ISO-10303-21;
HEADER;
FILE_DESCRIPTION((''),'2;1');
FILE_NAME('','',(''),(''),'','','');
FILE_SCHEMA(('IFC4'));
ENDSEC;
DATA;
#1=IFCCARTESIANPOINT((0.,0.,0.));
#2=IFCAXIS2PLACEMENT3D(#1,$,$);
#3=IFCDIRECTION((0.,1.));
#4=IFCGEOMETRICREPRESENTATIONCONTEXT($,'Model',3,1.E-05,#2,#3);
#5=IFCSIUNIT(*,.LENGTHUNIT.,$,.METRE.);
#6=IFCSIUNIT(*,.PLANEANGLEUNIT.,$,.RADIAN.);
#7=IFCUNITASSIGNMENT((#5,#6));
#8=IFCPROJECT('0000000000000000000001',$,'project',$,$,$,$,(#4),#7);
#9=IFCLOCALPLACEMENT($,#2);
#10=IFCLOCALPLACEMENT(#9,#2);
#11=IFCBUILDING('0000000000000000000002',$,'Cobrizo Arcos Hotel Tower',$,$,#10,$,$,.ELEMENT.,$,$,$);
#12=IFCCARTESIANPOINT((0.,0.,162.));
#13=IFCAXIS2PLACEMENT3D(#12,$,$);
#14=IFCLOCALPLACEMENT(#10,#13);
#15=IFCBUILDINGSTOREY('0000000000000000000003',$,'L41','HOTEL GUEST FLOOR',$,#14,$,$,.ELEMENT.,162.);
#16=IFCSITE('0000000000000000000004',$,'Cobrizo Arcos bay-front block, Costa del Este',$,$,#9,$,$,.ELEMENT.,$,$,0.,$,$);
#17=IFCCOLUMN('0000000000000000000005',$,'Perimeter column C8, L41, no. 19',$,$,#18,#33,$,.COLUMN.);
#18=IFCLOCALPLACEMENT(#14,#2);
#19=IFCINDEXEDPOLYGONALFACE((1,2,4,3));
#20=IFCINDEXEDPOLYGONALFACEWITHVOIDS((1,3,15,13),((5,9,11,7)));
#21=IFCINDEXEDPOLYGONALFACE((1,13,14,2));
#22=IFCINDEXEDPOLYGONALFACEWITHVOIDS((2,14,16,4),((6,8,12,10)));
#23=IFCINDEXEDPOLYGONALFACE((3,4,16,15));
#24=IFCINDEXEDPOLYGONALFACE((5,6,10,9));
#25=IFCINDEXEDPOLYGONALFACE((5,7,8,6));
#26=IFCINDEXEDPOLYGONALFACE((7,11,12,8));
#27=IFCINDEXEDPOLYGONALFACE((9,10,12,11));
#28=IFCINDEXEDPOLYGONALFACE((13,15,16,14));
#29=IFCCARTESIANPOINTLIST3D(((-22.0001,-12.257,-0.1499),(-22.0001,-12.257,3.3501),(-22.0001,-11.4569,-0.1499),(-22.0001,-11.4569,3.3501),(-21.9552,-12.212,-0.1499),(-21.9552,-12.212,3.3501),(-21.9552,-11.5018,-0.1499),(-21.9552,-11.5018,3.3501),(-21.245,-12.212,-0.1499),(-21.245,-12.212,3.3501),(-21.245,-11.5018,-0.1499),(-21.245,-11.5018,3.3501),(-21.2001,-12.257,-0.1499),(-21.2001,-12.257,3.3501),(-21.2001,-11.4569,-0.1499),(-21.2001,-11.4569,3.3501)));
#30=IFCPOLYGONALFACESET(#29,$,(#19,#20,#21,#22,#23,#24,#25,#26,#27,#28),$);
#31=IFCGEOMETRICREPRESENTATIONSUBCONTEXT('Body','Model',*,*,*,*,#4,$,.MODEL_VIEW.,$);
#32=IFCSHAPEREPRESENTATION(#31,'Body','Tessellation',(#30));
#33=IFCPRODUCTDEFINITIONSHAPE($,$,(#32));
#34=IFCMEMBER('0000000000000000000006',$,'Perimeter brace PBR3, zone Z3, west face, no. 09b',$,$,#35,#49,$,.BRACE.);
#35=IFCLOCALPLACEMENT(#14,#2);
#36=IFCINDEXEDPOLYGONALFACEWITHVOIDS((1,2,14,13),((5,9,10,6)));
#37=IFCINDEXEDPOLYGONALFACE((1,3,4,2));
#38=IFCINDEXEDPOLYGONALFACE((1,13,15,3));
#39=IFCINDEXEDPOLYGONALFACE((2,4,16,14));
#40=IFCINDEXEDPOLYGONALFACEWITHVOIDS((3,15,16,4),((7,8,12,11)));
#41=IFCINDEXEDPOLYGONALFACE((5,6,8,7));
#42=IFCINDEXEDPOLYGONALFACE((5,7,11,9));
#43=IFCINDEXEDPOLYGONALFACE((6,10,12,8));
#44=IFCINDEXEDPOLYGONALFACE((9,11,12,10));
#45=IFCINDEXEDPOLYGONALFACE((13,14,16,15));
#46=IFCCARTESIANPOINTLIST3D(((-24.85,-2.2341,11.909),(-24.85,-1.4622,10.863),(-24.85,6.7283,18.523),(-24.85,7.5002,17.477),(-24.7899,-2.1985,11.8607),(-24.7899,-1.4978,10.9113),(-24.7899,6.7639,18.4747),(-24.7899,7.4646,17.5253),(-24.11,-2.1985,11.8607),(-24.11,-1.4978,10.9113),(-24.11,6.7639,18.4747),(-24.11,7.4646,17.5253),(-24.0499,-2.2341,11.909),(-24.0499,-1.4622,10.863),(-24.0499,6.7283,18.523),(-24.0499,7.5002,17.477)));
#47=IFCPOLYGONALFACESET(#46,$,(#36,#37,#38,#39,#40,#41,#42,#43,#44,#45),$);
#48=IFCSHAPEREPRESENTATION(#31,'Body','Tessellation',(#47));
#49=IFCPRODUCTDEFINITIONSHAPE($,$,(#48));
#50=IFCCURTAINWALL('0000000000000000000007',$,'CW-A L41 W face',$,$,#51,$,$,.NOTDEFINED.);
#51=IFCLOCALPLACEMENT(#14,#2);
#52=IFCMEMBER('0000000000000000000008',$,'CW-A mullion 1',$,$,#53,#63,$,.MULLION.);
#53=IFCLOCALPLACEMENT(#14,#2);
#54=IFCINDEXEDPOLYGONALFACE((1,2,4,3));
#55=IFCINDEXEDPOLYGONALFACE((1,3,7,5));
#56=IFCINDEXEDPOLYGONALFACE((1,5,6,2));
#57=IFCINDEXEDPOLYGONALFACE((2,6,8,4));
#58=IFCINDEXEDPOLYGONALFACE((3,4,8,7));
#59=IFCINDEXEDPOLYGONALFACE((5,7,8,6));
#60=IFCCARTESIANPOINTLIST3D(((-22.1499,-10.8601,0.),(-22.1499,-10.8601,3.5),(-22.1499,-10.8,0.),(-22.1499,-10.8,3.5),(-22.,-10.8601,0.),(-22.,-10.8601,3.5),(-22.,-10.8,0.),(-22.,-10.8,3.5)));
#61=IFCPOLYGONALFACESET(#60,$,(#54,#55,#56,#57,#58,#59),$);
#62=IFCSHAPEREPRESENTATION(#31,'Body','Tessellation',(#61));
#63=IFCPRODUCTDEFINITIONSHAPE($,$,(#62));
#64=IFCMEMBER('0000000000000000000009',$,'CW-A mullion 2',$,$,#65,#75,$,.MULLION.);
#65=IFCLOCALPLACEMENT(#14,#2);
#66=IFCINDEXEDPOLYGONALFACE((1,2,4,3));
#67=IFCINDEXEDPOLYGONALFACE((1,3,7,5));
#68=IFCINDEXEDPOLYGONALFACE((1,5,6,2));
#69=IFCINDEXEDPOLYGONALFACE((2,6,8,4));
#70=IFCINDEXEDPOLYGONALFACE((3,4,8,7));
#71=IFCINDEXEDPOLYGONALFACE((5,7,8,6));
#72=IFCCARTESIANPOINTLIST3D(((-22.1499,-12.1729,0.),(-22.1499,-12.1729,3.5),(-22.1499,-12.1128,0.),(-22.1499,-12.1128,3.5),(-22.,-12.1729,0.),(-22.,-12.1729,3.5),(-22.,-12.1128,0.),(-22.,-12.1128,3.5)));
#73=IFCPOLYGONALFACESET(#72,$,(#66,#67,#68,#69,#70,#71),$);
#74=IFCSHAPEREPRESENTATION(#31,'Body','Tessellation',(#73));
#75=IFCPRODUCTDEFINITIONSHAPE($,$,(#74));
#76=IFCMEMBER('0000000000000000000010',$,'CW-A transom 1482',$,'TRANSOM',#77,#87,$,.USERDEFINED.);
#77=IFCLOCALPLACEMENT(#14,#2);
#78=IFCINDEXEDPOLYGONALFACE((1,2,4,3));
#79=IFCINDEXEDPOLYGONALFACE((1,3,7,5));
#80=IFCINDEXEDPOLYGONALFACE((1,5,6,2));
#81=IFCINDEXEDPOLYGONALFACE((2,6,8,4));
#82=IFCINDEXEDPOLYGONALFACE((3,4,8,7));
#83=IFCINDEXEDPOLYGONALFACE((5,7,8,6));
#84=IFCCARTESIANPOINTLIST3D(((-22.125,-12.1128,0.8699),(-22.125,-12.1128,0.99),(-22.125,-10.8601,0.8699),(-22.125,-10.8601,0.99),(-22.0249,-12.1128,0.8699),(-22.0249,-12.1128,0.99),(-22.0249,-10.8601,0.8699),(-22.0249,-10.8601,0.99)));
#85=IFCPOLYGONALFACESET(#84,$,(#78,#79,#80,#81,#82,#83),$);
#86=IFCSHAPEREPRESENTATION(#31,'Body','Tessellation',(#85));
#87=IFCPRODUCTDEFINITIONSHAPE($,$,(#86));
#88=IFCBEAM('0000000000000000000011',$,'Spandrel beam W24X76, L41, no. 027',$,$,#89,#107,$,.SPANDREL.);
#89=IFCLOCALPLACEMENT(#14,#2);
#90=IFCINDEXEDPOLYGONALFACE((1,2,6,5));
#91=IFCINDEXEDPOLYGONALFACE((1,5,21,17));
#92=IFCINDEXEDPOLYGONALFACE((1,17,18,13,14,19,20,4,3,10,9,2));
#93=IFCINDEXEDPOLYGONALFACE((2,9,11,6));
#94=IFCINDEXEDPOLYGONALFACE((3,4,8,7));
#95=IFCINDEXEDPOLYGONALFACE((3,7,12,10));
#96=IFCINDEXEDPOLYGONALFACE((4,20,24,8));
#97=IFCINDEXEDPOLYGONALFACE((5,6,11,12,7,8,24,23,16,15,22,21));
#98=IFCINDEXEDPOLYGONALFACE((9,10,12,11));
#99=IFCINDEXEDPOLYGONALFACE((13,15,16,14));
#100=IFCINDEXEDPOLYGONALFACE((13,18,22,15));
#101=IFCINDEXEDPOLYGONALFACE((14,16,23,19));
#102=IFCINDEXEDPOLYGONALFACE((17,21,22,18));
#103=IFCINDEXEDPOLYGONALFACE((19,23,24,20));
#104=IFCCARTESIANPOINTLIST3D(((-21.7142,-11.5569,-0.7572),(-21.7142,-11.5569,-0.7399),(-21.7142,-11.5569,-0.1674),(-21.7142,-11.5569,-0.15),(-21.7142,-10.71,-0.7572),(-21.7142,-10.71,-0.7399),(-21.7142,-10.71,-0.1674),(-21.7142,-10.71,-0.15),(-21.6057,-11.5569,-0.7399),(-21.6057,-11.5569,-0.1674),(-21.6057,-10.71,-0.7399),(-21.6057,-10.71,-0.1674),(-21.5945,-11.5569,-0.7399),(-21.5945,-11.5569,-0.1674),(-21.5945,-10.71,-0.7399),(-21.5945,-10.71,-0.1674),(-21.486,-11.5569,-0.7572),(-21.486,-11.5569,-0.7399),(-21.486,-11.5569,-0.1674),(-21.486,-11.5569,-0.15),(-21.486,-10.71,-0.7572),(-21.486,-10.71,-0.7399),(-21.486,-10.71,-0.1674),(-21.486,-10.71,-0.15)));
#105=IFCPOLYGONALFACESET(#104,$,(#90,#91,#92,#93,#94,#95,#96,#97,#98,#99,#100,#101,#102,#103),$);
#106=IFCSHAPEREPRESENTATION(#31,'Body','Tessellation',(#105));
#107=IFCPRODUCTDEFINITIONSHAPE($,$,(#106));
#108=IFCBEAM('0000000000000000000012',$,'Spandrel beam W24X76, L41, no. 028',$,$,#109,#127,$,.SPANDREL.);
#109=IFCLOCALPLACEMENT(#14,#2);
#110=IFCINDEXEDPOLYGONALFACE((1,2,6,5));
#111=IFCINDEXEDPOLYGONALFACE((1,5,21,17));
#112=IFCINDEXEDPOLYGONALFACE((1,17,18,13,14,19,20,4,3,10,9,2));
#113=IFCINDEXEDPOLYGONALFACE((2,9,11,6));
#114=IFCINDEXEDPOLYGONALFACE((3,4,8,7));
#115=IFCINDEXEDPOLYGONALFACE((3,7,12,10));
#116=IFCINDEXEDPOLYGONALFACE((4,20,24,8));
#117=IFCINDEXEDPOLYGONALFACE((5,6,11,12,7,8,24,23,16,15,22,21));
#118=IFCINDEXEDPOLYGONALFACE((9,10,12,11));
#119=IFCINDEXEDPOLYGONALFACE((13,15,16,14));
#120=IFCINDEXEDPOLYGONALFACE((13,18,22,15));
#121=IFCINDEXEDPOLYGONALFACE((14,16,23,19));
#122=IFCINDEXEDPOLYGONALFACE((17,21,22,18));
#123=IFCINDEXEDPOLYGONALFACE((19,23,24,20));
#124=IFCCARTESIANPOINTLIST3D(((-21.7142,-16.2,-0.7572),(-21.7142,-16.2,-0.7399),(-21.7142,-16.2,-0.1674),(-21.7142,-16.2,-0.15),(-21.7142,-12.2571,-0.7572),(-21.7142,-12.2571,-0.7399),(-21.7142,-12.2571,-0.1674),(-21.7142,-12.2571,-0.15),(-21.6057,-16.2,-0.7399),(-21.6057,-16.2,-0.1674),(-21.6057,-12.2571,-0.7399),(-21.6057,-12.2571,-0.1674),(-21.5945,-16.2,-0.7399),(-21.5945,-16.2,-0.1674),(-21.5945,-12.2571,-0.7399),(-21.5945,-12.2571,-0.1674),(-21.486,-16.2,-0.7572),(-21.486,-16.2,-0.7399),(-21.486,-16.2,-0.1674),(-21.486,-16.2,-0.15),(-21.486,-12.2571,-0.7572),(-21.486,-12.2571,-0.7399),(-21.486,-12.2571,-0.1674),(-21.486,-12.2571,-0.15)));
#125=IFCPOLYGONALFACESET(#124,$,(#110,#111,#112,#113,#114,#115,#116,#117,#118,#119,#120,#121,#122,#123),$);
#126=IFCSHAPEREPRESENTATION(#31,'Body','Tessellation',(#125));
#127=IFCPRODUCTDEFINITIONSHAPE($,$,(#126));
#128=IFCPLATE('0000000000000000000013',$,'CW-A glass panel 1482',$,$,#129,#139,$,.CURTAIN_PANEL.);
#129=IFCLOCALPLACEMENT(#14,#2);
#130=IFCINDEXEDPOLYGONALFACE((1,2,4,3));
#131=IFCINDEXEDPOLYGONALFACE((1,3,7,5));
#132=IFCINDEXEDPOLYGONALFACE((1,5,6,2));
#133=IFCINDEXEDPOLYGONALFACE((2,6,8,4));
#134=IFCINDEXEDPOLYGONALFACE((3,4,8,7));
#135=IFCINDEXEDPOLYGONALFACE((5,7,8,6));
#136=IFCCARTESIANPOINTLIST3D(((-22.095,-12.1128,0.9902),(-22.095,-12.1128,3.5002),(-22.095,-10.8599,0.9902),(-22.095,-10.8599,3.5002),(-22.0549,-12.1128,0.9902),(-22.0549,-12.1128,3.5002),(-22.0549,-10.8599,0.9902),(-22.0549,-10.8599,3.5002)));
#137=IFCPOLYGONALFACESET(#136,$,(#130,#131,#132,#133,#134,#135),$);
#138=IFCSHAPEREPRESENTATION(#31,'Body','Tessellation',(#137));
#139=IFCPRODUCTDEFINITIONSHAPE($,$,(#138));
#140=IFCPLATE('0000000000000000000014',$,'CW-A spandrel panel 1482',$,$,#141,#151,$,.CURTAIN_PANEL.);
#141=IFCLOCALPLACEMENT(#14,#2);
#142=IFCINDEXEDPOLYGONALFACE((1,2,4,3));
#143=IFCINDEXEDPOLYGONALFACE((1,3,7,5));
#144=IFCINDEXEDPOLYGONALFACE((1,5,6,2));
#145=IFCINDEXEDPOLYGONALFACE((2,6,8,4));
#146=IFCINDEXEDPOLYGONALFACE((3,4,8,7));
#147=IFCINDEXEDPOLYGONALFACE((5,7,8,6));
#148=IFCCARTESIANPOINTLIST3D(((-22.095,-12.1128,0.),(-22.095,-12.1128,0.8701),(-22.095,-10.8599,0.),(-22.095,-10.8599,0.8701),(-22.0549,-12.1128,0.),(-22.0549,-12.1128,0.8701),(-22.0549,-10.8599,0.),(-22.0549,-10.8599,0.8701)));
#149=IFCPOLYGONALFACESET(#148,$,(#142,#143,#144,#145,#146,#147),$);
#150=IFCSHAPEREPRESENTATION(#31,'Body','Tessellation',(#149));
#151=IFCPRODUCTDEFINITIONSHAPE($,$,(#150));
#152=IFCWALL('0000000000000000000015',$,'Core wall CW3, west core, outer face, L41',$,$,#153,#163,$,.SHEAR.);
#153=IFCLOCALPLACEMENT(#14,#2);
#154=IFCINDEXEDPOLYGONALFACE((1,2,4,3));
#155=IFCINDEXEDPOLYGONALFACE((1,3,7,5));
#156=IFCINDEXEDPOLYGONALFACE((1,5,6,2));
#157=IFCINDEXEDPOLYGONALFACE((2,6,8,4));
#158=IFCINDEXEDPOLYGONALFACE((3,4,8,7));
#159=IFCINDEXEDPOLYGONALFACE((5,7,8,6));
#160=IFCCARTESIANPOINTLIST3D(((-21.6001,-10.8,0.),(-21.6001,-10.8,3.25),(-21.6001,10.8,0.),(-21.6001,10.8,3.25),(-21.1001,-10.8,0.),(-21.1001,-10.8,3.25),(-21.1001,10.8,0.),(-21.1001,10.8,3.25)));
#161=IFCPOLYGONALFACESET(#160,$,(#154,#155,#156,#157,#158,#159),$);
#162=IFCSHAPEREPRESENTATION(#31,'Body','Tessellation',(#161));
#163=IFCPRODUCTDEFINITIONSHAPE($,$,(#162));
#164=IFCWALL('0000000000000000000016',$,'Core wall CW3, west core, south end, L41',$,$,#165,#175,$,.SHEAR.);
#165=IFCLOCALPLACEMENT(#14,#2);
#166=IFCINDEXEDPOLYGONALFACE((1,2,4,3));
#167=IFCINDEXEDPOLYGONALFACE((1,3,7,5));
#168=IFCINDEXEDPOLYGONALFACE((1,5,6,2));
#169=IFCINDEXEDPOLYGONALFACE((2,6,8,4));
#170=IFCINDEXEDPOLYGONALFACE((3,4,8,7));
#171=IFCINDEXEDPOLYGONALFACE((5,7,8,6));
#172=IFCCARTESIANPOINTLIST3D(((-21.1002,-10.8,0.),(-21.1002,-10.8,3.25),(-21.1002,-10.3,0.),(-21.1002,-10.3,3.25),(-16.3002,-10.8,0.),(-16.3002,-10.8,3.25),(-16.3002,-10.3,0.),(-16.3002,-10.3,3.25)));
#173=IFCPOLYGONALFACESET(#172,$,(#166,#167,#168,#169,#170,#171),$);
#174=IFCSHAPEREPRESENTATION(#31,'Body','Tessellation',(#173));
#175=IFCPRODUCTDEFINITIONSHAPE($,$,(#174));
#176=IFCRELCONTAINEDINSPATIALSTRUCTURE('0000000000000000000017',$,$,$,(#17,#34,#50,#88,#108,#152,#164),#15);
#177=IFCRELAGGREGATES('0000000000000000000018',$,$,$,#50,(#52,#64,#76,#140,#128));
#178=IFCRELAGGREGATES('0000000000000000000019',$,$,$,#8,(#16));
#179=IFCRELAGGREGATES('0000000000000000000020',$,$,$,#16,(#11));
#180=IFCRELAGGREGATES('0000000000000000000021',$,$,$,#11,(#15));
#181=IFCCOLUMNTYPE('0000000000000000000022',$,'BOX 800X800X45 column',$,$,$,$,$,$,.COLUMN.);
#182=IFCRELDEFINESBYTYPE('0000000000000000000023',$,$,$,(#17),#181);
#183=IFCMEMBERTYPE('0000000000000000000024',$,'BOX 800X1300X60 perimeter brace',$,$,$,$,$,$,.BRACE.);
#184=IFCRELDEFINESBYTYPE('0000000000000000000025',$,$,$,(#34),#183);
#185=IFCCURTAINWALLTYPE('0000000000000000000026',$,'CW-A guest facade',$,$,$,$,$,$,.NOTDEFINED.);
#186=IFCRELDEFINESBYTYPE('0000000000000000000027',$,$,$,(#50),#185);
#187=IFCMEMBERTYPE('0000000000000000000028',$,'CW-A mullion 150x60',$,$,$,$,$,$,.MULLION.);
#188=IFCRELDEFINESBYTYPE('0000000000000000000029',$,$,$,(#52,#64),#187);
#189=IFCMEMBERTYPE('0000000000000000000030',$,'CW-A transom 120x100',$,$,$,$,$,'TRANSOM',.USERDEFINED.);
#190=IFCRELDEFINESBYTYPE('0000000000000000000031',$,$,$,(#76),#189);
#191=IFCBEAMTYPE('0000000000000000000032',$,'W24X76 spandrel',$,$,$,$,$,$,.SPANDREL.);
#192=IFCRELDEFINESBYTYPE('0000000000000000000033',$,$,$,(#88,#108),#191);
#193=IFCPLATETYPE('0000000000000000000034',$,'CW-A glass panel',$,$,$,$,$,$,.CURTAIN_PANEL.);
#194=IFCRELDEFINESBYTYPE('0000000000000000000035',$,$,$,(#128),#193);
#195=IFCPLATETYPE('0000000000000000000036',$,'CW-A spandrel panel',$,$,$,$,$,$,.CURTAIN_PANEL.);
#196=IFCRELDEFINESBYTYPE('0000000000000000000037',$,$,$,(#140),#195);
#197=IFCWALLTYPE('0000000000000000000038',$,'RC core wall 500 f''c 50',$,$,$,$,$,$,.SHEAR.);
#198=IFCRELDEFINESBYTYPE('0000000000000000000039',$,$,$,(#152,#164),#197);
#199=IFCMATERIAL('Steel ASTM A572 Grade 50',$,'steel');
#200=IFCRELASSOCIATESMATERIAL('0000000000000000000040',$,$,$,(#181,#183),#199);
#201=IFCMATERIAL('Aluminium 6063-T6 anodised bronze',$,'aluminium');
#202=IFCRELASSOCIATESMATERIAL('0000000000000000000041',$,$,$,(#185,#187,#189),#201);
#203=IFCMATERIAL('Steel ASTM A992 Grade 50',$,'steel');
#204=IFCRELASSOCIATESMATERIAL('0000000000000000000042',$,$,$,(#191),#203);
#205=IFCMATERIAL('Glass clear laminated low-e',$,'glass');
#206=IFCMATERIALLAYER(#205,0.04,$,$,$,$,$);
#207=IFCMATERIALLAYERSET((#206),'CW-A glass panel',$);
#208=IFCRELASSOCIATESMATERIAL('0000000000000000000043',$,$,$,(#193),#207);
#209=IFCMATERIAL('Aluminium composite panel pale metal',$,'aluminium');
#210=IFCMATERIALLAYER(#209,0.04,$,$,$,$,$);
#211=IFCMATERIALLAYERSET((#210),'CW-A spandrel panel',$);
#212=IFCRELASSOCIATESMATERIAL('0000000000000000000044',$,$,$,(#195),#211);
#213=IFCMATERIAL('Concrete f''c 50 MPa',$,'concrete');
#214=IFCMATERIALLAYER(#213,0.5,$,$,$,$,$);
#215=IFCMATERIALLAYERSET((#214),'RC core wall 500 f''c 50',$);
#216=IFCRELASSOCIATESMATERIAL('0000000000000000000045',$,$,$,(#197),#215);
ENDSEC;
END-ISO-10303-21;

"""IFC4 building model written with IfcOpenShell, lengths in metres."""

from ifc_helpers import new_model, si_unit, direction, frame, frame_2d, origin, origin_2d, place, context, subcontext, project, spatial, rectangle, hollow_rectangle, i_section, extrude, material, layer, layer_set, material_profile, profile_set, type_object, element, aggregate, save


model = new_model("IFC4")

# Units and contexts
model_context = context("Model", 3, precision=1e-05, world=origin(), true_north=direction((0.0, 1.0)))
body_context = subcontext(model_context, "Body", "Model", "MODEL_VIEW")
ifc_project = project(units=[si_unit("LENGTHUNIT", "METRE"), si_unit("PLANEANGLEUNIT", "RADIAN")], contexts=[model_context])

# Site, building, storey
site_placement = place(None, origin())
site = spatial("IfcSite", under=ifc_project, at=site_placement, Name="Cobrizo Arcos bay-front block, Costa del Este", CompositionType="ELEMENT", RefElevation=0.0)
building_placement = place(site_placement, origin())
building = spatial("IfcBuilding", under=site, at=building_placement, Name="Cobrizo Arcos Hotel Tower", CompositionType="ELEMENT")
storey_placement = place(building_placement, frame((0.0, 0.0, 162.0)))
storey = spatial("IfcBuildingStorey", under=building, at=storey_placement, Name="L41", Description="HOTEL GUEST FLOOR", CompositionType="ELEMENT", Elevation=162.0)

# Column
ifc_material_1 = material(Name="Steel ASTM A572 Grade 50", Category="steel")
ifc_material_profile_1 = material_profile(ifc_material_1, hollow_rectangle(XDim=0.8, YDim=0.8, WallThickness=0.0449, at=origin_2d()), Name="BOX 800X800X45")
ifc_profile_set_1 = profile_set([ifc_material_profile_1], Name="Steel ASTM A572 Grade 50")
column_type = type_object("IfcColumnType", Name="BOX 800X800X45 column", PredefinedType="COLUMN", material=ifc_profile_set_1)
column_placement = place(storey_placement, frame((-21.6001, -11.8569, -0.1499), z_axis=(0.0, 0.0, 1.0), x_axis=(1.0, 0.0, 0.0)))
element("IfcColumn", 1, at=column_placement, inside=storey, type_object=column_type, Name="Perimeter column C8, L41, no. 19", PredefinedType="COLUMN", context=body_context, shape_type="SweptSolid", body=[
    extrude(hollow_rectangle(XDim=0.8, YDim=0.8, WallThickness=0.0449, at=origin_2d()), origin(), (0.0, 0.0, 1.0), 3.5),
])

# Member
ifc_material_profile_2 = material_profile(ifc_material_1, hollow_rectangle(XDim=0.8, YDim=1.3, WallThickness=0.0601, at=origin_2d()), Name="BOX 800X1300X60")
ifc_profile_set_2 = profile_set([ifc_material_profile_2], Name="Steel ASTM A572 Grade 50")
member_type_1 = type_object("IfcMemberType", Name="BOX 800X1300X60 perimeter brace", PredefinedType="BRACE", material=ifc_profile_set_2)
member_1_placement = place(storey_placement, frame((-24.45, -1.8481, 11.386), z_axis=(0.0, 0.804621, 0.593789), x_axis=(-1.0, 0.0, 0.0)))
element("IfcMember", 2, at=member_1_placement, inside=storey, type_object=member_type_1, Name="Perimeter brace PBR3, zone Z3, west face, no. 09b", PredefinedType="BRACE", context=body_context, shape_type="SweptSolid", body=[
    extrude(hollow_rectangle(XDim=0.8, YDim=1.3, WallThickness=0.0601, at=origin_2d()), origin(), (0.0, 0.0, 1.0), 11.1387),
])

# Curtain wall, members
ifc_material_2 = material(Name="Aluminium 6063-T6 anodised bronze", Category="aluminium")
curtain_wall_type = type_object("IfcCurtainWallType", Name="CW-A guest facade", PredefinedType="NOTDEFINED", material=ifc_material_2)
curtain_wall_placement = place(storey_placement, origin())
curtain_wall = element("IfcCurtainWall", 3, at=curtain_wall_placement, inside=storey, type_object=curtain_wall_type, Name="CW-A L41 W face", PredefinedType="NOTDEFINED")
ifc_material_profile_3 = material_profile(ifc_material_2, rectangle(XDim=0.1499, YDim=0.0601, at=origin_2d()), Name="CW-A mullion 150x60")
ifc_profile_set_3 = profile_set([ifc_material_profile_3], Name="Aluminium 6063-T6 anodised bronze")
member_type_2 = type_object("IfcMemberType", Name="CW-A mullion 150x60", PredefinedType="MULLION", material=ifc_profile_set_3)
member_2_placement = place(storey_placement, frame((-22.075, -10.8301, 0.0), z_axis=(0.0, 0.0, 1.0), x_axis=(-1.0, 0.0, 0.0)))
member_2 = element("IfcMember", 4, at=member_2_placement, type_object=member_type_2, Name="CW-A mullion 1", PredefinedType="MULLION", context=body_context, shape_type="SweptSolid", body=[
    extrude(rectangle(XDim=0.1499, YDim=0.0601, at=origin_2d()), origin(), (0.0, 0.0, 1.0), 3.5),
])
member_3_placement = place(storey_placement, frame((-22.075, -12.1428, 0.0), z_axis=(0.0, 0.0, 1.0), x_axis=(-1.0, 0.0, 0.0)))
member_3 = element("IfcMember", 5, at=member_3_placement, type_object=member_type_2, Name="CW-A mullion 2", PredefinedType="MULLION", context=body_context, shape_type="SweptSolid", body=[
    extrude(rectangle(XDim=0.1499, YDim=0.0601, at=origin_2d()), origin(), (0.0, 0.0, 1.0), 3.5),
])
ifc_material_profile_4 = material_profile(ifc_material_2, rectangle(XDim=0.1001, YDim=0.1201, at=origin_2d()), Name="CW-A transom 120x100")
ifc_profile_set_4 = profile_set([ifc_material_profile_4], Name="Aluminium 6063-T6 anodised bronze")
member_type_3 = type_object("IfcMemberType", Name="CW-A transom 120x100", ElementType="TRANSOM", PredefinedType="USERDEFINED", material=ifc_profile_set_4)
member_4_placement = place(storey_placement, frame((-22.075, -10.8601, 0.9299), z_axis=(0.0, -1.0, 0.0), x_axis=(1.0, 0.0, 0.0)))
member_4 = element("IfcMember", 6, at=member_4_placement, type_object=member_type_3, Name="CW-A transom 1482", ObjectType="TRANSOM", PredefinedType="USERDEFINED", context=body_context, shape_type="SweptSolid", body=[
    extrude(rectangle(XDim=0.1001, YDim=0.1201, at=origin_2d()), origin(), (0.0, 0.0, 1.0), 1.2527),
])

# Beams
ifc_material_3 = material(Name="Steel ASTM A992 Grade 50", Category="steel")
ifc_material_profile_5 = material_profile(ifc_material_3, i_section(OverallWidth=0.2283, OverallDepth=0.6072, WebThickness=0.0112, FlangeThickness=0.0173, at=origin_2d()), Name="W24X76")
ifc_profile_set_5 = profile_set([ifc_material_profile_5], Name="Steel ASTM A992 Grade 50")
beam_type = type_object("IfcBeamType", Name="W24X76 spandrel", PredefinedType="SPANDREL", material=ifc_profile_set_5)
beam_1_placement = place(storey_placement, frame((-21.6001, -10.71, -0.4536), z_axis=(0.0, -1.0, 0.0), x_axis=(1.0, 0.0, 0.0)))
element("IfcBeam", 7, at=beam_1_placement, inside=storey, type_object=beam_type, Name="Spandrel beam W24X76, L41, no. 027", PredefinedType="SPANDREL", context=body_context, shape_type="SweptSolid", body=[
    extrude(i_section(OverallWidth=0.2283, OverallDepth=0.6072, WebThickness=0.0112, FlangeThickness=0.0173, at=origin_2d()), origin(), (0.0, 0.0, 1.0), 0.8469),
])
beam_2_placement = place(storey_placement, frame((-21.6001, -12.2571, -0.4536), z_axis=(0.0, -1.0, 0.0), x_axis=(1.0, 0.0, 0.0)))
element("IfcBeam", 8, at=beam_2_placement, inside=storey, type_object=beam_type, Name="Spandrel beam W24X76, L41, no. 028", PredefinedType="SPANDREL", context=body_context, shape_type="SweptSolid", body=[
    extrude(i_section(OverallWidth=0.2283, OverallDepth=0.6072, WebThickness=0.0112, FlangeThickness=0.0173, at=origin_2d()), origin(), (0.0, 0.0, 1.0), 3.9429),
])

# Plates
ifc_material_4 = material(Name="Glass clear laminated low-e", Category="glass")
ifc_layer_1 = layer(ifc_material_4, 0.04)
ifc_layer_set_1 = layer_set([ifc_layer_1], Name="CW-A glass panel")
plate_type_1 = type_object("IfcPlateType", Name="CW-A glass panel", PredefinedType="CURTAIN_PANEL", material=ifc_layer_set_1)
plate_1_placement = place(storey_placement, frame((-22.075, -11.4863, 0.9902), z_axis=(0.0, 0.0, 1.0), x_axis=(0.0, -1.0, 0.0)))
plate_1 = element("IfcPlate", 9, at=plate_1_placement, type_object=plate_type_1, Name="CW-A glass panel 1482", PredefinedType="CURTAIN_PANEL", context=body_context, shape_type="SweptSolid", body=[
    extrude(rectangle(XDim=1.2529, YDim=0.04, at=origin_2d()), origin(), (0.0, 0.0, 1.0), 2.51),
])
ifc_material_5 = material(Name="Aluminium composite panel pale metal", Category="aluminium")
ifc_layer_2 = layer(ifc_material_5, 0.04)
ifc_layer_set_2 = layer_set([ifc_layer_2], Name="CW-A spandrel panel")
plate_type_2 = type_object("IfcPlateType", Name="CW-A spandrel panel", PredefinedType="CURTAIN_PANEL", material=ifc_layer_set_2)
plate_2_placement = place(storey_placement, frame((-22.075, -11.4863, 0.0), z_axis=(0.0, 0.0, 1.0), x_axis=(0.0, -1.0, 0.0)))
plate_2 = element("IfcPlate", 10, at=plate_2_placement, type_object=plate_type_2, Name="CW-A spandrel panel 1482", PredefinedType="CURTAIN_PANEL", context=body_context, shape_type="SweptSolid", body=[
    extrude(rectangle(XDim=1.2529, YDim=0.04, at=origin_2d()), origin(), (0.0, 0.0, 1.0), 0.8701),
])
aggregate(curtain_wall, [member_2, member_3, member_4, plate_2, plate_1])

# Walls
ifc_material_6 = material(Name="Concrete f'c 50 MPa", Category="concrete")
ifc_layer_3 = layer(ifc_material_6, 0.5)
ifc_layer_set_3 = layer_set([ifc_layer_3], Name="RC core wall 500 f'c 50")
wall_type_1 = type_object("IfcWallType", Name="RC core wall 500 f'c 50", PredefinedType="SHEAR", material=ifc_layer_set_3)
wall_1_placement = place(storey_placement, frame((-21.3501, -10.8, 0.0), z_axis=(0.0, 0.0, 1.0), x_axis=(0.0, 1.0, 0.0)))
element("IfcWall", 11, at=wall_1_placement, inside=storey, type_object=wall_type_1, Name="Core wall CW3, west core, outer face, L41", PredefinedType="SHEAR", context=body_context, shape_type="SweptSolid", body=[
    extrude(rectangle(XDim=21.6001, YDim=0.5, at=frame_2d((10.8, 0.0))), origin(), (0.0, 0.0, 1.0), 3.25),
])
wall_2_placement = place(storey_placement, frame((-21.1001, -10.55, 0.0), z_axis=(0.0, 0.0, 1.0), x_axis=(1.0, 0.0, 0.0)))
element("IfcWall", 12, at=wall_2_placement, inside=storey, type_object=wall_type_1, Name="Core wall CW3, west core, south end, L41", PredefinedType="SHEAR", context=body_context, shape_type="SweptSolid", body=[
    extrude(rectangle(XDim=4.8, YDim=0.5, at=frame_2d((2.3999, 0.0))), origin(), (0.0, 0.0, 1.0), 3.25),
])

save(model, "model.ifc")
